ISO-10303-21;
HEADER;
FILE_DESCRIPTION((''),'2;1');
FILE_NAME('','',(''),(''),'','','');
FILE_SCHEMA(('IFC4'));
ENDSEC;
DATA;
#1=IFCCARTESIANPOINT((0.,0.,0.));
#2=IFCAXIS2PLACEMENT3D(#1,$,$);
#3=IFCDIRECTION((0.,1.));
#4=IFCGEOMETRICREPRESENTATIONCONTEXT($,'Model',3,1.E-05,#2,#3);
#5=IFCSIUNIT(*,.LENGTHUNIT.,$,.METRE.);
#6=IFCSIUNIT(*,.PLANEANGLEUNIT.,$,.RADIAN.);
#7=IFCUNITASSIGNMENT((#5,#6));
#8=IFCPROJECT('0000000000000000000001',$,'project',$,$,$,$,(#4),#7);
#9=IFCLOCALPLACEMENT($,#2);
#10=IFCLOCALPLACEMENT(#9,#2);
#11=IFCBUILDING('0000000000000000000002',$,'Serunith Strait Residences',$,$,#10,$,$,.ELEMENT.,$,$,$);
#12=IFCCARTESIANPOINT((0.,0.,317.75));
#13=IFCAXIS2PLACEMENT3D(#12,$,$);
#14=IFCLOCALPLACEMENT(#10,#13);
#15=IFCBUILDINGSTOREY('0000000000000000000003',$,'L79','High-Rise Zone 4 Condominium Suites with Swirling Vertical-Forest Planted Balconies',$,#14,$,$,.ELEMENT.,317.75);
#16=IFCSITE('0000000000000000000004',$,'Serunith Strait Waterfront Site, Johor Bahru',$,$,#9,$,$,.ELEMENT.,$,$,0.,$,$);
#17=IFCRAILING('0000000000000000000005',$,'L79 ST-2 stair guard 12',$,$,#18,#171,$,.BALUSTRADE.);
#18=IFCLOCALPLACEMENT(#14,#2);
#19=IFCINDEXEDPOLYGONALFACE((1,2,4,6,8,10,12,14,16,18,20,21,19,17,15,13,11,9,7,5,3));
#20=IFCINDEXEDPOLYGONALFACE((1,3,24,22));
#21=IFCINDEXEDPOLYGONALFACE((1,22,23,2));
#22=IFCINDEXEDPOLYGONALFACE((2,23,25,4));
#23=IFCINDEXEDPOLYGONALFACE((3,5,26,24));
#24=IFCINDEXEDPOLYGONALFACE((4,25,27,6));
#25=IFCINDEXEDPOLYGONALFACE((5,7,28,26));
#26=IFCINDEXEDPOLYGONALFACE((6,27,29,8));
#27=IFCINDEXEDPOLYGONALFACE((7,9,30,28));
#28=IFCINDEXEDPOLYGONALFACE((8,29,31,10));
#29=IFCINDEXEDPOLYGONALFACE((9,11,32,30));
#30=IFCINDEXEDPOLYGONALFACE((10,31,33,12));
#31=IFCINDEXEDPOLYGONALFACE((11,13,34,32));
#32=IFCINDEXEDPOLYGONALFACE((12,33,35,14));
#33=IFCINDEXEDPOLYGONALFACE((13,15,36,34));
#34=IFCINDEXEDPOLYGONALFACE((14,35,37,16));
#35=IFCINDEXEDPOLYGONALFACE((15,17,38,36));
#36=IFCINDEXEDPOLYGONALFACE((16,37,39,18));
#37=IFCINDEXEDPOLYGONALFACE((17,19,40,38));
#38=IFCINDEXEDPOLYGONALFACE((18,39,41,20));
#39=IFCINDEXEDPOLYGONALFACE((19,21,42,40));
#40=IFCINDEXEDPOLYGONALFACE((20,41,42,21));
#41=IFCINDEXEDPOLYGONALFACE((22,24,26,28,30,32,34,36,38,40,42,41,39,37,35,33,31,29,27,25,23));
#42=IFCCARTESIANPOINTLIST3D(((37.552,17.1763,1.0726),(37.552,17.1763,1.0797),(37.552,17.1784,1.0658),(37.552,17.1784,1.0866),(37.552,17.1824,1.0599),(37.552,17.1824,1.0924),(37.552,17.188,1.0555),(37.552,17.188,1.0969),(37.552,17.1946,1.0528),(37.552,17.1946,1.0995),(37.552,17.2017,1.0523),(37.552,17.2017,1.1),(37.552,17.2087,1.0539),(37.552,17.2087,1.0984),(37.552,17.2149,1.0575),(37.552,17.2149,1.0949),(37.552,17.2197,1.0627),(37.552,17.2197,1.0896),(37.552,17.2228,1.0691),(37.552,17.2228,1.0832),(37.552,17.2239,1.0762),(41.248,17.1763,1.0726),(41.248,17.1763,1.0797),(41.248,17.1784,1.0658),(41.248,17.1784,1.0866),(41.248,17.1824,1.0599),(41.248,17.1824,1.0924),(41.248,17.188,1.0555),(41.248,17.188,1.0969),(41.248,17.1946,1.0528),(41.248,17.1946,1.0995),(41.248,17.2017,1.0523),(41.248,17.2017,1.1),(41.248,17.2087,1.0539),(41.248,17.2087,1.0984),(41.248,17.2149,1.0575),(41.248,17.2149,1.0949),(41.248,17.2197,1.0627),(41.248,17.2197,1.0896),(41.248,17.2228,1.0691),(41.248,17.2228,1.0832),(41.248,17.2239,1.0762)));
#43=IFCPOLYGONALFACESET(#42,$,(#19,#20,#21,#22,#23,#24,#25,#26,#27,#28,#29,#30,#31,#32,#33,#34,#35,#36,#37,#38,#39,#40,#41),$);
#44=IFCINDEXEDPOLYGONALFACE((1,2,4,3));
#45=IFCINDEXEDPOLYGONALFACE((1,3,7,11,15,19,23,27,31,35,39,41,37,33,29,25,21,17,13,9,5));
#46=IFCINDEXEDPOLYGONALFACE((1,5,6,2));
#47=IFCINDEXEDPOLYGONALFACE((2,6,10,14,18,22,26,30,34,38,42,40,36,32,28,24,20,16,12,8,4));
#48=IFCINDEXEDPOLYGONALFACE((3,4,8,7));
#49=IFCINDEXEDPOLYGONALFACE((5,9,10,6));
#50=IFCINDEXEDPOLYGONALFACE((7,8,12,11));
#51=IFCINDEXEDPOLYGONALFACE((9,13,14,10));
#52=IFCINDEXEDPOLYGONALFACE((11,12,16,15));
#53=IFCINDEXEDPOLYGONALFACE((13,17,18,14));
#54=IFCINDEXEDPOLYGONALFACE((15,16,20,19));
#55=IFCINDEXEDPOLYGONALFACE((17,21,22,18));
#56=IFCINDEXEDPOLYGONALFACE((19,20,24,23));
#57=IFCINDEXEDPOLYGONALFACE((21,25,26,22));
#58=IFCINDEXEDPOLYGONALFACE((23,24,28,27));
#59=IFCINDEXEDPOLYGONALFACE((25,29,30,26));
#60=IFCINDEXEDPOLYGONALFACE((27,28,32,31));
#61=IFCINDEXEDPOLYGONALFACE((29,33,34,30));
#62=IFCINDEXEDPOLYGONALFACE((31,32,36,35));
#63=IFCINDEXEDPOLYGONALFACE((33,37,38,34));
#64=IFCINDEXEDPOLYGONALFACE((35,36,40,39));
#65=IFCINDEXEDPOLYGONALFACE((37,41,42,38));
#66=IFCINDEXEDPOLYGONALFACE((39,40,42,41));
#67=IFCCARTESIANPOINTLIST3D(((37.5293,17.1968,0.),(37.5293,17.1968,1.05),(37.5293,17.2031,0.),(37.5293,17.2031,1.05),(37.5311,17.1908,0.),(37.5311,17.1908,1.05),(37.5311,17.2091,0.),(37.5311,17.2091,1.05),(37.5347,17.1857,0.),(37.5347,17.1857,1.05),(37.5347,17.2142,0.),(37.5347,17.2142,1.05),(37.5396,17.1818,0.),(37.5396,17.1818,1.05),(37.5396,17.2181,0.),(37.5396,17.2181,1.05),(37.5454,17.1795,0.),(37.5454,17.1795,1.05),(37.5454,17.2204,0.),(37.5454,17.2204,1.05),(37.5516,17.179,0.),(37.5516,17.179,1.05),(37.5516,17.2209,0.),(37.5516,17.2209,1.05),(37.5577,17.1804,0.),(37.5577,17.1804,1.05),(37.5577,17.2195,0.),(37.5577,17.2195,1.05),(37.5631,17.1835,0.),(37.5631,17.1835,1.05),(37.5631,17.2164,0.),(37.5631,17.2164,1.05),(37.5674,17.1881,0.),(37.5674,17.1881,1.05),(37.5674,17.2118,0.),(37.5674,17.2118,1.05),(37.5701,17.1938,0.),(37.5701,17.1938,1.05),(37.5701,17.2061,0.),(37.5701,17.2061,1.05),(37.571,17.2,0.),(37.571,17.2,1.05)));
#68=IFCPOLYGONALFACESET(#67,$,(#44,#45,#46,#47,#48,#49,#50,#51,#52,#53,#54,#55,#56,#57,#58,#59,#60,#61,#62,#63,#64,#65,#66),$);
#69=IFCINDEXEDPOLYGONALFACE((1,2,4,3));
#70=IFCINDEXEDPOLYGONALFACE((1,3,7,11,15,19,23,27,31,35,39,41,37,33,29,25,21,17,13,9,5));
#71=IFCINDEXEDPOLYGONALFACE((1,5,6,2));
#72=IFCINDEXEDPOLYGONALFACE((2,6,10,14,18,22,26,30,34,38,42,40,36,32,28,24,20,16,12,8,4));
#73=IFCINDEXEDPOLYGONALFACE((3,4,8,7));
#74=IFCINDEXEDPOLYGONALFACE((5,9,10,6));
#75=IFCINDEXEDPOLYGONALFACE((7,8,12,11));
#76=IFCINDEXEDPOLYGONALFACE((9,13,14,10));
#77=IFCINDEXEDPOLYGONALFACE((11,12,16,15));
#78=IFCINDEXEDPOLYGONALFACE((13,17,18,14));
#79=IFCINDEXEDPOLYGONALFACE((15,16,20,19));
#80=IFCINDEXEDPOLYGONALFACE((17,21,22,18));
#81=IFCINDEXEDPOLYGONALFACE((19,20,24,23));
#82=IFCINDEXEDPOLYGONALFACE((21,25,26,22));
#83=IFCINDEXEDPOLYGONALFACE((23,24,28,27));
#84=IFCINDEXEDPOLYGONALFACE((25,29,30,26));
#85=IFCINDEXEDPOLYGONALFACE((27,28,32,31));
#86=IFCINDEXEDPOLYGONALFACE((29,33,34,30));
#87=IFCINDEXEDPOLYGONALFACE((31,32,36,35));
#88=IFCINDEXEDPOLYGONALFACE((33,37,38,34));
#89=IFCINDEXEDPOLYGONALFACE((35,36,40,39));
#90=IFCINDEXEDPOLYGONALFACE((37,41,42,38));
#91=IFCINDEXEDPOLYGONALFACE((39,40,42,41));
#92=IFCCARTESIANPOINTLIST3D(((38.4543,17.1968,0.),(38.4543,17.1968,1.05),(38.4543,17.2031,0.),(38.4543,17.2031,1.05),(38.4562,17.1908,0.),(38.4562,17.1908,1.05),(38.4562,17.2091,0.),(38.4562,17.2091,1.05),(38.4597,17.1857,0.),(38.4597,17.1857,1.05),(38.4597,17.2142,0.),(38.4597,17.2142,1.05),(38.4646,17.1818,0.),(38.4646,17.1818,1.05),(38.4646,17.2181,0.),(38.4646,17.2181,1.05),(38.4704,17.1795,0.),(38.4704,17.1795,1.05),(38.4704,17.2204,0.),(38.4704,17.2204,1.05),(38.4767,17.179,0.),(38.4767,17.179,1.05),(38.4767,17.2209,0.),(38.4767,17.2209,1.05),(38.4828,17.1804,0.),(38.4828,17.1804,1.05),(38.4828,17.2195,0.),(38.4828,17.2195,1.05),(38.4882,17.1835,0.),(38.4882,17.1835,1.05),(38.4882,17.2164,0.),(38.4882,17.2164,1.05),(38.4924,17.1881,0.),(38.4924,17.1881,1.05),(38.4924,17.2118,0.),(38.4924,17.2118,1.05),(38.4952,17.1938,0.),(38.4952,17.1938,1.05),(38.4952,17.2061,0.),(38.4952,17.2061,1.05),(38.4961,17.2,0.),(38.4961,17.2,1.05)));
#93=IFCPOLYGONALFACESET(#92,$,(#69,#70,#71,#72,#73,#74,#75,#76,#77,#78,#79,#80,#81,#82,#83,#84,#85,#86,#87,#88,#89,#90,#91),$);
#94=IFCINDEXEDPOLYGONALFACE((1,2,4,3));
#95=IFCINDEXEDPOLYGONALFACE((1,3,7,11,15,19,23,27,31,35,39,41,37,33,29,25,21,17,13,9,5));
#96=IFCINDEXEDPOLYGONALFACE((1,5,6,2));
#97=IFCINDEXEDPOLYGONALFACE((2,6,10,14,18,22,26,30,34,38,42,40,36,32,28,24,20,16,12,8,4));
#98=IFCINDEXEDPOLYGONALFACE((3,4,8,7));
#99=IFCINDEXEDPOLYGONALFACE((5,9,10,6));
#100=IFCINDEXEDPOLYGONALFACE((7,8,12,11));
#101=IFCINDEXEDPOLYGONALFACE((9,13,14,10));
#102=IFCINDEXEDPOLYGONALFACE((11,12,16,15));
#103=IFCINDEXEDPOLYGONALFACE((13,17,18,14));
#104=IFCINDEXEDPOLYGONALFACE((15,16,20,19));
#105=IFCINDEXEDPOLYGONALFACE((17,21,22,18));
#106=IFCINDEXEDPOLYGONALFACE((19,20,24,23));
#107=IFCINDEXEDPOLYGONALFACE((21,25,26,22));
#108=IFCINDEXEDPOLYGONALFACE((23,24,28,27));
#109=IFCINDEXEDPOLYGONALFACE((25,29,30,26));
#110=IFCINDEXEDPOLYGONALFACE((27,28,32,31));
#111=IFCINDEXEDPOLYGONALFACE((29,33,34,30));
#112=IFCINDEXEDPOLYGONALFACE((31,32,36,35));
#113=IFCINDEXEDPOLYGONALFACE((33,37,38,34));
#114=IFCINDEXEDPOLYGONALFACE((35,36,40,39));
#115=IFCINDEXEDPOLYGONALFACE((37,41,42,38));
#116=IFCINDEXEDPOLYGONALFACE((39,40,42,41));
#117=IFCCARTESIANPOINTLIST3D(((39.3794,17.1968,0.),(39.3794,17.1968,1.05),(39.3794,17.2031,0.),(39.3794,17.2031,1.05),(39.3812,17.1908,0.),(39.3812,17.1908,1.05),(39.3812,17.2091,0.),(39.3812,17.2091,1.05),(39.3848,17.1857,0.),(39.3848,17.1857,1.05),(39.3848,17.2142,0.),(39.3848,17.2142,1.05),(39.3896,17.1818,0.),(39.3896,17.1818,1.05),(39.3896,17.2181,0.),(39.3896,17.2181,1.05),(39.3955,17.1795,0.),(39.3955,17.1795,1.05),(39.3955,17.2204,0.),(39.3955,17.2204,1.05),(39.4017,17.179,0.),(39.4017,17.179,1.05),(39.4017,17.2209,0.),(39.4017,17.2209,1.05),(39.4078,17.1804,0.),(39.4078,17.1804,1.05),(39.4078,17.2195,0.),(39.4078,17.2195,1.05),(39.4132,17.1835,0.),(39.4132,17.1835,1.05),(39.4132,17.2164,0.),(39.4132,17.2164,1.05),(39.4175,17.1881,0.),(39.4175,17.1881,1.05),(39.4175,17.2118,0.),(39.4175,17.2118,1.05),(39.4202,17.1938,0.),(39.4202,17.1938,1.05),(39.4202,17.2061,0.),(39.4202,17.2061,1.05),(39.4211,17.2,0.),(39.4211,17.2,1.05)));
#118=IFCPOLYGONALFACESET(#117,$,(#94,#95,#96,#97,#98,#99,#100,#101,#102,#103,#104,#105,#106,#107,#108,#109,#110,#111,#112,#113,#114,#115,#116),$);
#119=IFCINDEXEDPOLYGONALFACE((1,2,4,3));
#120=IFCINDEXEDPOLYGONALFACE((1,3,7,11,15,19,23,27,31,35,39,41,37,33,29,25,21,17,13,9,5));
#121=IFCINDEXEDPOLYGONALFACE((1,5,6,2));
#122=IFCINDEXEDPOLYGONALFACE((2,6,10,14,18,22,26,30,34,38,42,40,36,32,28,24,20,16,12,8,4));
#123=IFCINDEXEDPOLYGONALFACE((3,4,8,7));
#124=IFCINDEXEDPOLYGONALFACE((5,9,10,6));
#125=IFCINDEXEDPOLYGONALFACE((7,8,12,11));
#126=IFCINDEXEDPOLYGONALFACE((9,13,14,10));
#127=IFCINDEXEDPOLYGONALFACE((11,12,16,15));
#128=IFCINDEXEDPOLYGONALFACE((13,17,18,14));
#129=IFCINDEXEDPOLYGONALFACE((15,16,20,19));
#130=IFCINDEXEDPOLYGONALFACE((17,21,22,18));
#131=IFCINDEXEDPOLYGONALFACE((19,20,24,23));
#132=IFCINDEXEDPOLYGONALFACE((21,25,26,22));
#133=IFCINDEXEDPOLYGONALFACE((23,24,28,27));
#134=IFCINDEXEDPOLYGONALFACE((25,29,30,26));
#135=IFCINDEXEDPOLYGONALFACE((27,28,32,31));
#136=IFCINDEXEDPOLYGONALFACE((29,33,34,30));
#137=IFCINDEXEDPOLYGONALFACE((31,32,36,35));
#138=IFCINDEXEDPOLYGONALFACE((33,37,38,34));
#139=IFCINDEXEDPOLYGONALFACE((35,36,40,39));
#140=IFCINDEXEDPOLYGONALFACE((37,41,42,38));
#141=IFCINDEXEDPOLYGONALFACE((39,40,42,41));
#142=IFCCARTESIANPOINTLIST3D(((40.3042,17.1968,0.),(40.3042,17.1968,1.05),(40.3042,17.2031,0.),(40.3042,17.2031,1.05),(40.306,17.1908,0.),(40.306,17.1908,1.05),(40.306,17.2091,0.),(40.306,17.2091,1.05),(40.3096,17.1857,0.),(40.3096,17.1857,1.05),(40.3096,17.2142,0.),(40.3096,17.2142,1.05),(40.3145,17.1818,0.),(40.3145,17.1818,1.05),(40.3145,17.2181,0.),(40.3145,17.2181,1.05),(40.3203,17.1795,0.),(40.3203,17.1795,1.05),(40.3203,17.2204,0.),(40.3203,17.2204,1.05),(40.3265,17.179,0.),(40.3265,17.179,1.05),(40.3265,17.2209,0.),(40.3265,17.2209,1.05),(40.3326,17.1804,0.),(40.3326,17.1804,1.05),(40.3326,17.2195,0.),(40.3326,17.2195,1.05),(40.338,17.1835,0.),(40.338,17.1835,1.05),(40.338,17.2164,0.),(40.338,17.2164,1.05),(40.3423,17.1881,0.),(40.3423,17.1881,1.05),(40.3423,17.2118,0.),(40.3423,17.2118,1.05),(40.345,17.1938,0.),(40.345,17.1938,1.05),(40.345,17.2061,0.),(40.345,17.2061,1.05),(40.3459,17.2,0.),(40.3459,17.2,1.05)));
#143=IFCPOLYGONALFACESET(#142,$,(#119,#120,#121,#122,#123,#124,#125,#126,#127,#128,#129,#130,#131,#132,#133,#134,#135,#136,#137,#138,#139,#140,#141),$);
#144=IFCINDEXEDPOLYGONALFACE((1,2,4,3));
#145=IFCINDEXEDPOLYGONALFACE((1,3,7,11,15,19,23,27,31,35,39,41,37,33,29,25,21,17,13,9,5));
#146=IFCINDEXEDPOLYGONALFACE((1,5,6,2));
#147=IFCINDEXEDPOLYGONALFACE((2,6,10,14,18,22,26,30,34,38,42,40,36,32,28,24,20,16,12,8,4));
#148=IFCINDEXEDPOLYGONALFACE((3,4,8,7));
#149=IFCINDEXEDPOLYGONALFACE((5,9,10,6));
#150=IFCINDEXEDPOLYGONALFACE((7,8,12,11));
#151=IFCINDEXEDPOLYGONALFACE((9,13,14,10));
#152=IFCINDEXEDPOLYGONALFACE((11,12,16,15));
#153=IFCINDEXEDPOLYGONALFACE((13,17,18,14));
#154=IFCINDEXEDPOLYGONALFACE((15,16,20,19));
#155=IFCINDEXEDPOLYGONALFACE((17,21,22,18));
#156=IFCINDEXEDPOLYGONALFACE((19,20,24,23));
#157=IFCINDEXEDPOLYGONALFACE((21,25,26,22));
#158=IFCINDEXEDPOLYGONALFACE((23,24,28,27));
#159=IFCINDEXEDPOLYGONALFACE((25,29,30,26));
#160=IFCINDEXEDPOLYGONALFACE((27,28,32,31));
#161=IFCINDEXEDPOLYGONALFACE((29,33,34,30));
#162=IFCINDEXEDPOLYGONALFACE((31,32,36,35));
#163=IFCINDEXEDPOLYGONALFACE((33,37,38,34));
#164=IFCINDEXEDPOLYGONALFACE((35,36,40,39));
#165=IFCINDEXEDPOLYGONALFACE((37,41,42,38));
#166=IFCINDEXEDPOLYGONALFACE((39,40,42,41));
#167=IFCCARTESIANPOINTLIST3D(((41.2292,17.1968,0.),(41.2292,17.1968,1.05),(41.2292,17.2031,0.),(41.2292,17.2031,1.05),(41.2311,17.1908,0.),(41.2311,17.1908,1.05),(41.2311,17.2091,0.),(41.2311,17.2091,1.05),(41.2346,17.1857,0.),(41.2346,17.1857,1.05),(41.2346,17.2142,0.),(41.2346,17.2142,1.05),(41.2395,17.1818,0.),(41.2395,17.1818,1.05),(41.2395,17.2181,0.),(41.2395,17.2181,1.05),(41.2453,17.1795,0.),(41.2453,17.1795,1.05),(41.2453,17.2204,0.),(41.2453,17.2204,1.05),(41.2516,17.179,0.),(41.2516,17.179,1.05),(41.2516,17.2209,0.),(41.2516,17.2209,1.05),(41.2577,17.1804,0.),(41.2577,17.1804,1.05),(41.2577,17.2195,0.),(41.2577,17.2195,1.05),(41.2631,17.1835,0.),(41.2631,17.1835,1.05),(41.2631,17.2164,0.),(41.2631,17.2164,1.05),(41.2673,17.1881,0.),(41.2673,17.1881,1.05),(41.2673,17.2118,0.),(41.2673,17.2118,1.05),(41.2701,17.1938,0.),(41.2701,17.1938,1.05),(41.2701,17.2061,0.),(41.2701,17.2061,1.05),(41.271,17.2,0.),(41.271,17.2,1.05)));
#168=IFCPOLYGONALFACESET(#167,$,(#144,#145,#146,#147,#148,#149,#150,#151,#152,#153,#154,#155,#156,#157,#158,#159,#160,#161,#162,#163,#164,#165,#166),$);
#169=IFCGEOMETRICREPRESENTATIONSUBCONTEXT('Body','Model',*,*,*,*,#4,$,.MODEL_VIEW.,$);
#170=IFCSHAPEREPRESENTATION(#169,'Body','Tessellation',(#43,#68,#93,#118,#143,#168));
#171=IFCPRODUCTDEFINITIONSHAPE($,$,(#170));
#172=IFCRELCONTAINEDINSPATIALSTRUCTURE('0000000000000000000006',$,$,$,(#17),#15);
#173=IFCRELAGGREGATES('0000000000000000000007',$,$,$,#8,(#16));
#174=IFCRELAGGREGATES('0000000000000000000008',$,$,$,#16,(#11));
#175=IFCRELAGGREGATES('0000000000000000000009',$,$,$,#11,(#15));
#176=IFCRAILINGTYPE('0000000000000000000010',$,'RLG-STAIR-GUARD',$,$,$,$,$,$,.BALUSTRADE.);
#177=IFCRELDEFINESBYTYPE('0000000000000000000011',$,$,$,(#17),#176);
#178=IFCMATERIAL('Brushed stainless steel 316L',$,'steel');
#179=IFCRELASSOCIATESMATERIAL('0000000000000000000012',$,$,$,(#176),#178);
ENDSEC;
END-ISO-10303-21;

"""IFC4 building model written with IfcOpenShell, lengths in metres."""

from ifc_helpers import new_model, si_unit, direction, frame, origin, origin_2d, place, context, subcontext, project, spatial, circle, extrude, material, type_object, element, save


model = new_model("IFC4")

# Units and contexts
model_context = context("Model", 3, precision=1e-05, world=origin(), true_north=direction((0.0, 1.0)))
body_context = subcontext(model_context, "Body", "Model", "MODEL_VIEW")
ifc_project = project(units=[si_unit("LENGTHUNIT", "METRE"), si_unit("PLANEANGLEUNIT", "RADIAN")], contexts=[model_context])

# Site, building, storey
site_placement = place(None, origin())
site = spatial("IfcSite", under=ifc_project, at=site_placement, Name="Serunith Strait Waterfront Site, Johor Bahru", CompositionType="ELEMENT", RefElevation=0.0)
building_placement = place(site_placement, origin())
building = spatial("IfcBuilding", under=site, at=building_placement, Name="Serunith Strait Residences", CompositionType="ELEMENT")
storey_placement = place(building_placement, frame((0.0, 0.0, 317.75)))
storey = spatial("IfcBuildingStorey", under=building, at=storey_placement, Name="L79", Description="High-Rise Zone 4 Condominium Suites with Swirling Vertical-Forest Planted Balconies", CompositionType="ELEMENT", Elevation=317.75)

# Railing
ifc_material_1 = material(Name="Brushed stainless steel 316L", Category="steel")
railing_type_1 = type_object("IfcRailingType", Name="RLG-STAIR-GUARD", PredefinedType="BALUSTRADE", material=ifc_material_1)
railing_1_placement = place(storey_placement, frame((37.55, 17.2, 0.0)))
element("IfcRailing", 1, at=railing_1_placement, inside=storey, type_object=railing_type_1, Name="L79 ST-2 stair guard 12", PredefinedType="BALUSTRADE", context=body_context, shape_type="SweptSolid", body=[
    extrude(circle(Radius=0.0239, at=origin_2d()), frame((0.002, 0.0, 1.0762), z_axis=(1.0, 0.0, 0.0), x_axis=(0.0, 1.0, 0.0)), (0.0, 0.0, 1.0), 3.696),
    extrude(circle(Radius=0.021, at=origin_2d()), origin(), (0.0, 0.0, 1.0), 1.05),
    extrude(circle(Radius=0.021, at=origin_2d()), frame((0.925, 0.0, 0.0)), (0.0, 0.0, 1.0), 1.05),
    extrude(circle(Radius=0.021, at=origin_2d()), frame((1.8501, 0.0, 0.0)), (0.0, 0.0, 1.0), 1.05),
    extrude(circle(Radius=0.021, at=origin_2d()), frame((2.7749, 0.0, 0.0)), (0.0, 0.0, 1.0), 1.05),
    extrude(circle(Radius=0.021, at=origin_2d()), frame((3.7, 0.0, 0.0)), (0.0, 0.0, 1.0), 1.05),
])

save(model, "model.ifc")
